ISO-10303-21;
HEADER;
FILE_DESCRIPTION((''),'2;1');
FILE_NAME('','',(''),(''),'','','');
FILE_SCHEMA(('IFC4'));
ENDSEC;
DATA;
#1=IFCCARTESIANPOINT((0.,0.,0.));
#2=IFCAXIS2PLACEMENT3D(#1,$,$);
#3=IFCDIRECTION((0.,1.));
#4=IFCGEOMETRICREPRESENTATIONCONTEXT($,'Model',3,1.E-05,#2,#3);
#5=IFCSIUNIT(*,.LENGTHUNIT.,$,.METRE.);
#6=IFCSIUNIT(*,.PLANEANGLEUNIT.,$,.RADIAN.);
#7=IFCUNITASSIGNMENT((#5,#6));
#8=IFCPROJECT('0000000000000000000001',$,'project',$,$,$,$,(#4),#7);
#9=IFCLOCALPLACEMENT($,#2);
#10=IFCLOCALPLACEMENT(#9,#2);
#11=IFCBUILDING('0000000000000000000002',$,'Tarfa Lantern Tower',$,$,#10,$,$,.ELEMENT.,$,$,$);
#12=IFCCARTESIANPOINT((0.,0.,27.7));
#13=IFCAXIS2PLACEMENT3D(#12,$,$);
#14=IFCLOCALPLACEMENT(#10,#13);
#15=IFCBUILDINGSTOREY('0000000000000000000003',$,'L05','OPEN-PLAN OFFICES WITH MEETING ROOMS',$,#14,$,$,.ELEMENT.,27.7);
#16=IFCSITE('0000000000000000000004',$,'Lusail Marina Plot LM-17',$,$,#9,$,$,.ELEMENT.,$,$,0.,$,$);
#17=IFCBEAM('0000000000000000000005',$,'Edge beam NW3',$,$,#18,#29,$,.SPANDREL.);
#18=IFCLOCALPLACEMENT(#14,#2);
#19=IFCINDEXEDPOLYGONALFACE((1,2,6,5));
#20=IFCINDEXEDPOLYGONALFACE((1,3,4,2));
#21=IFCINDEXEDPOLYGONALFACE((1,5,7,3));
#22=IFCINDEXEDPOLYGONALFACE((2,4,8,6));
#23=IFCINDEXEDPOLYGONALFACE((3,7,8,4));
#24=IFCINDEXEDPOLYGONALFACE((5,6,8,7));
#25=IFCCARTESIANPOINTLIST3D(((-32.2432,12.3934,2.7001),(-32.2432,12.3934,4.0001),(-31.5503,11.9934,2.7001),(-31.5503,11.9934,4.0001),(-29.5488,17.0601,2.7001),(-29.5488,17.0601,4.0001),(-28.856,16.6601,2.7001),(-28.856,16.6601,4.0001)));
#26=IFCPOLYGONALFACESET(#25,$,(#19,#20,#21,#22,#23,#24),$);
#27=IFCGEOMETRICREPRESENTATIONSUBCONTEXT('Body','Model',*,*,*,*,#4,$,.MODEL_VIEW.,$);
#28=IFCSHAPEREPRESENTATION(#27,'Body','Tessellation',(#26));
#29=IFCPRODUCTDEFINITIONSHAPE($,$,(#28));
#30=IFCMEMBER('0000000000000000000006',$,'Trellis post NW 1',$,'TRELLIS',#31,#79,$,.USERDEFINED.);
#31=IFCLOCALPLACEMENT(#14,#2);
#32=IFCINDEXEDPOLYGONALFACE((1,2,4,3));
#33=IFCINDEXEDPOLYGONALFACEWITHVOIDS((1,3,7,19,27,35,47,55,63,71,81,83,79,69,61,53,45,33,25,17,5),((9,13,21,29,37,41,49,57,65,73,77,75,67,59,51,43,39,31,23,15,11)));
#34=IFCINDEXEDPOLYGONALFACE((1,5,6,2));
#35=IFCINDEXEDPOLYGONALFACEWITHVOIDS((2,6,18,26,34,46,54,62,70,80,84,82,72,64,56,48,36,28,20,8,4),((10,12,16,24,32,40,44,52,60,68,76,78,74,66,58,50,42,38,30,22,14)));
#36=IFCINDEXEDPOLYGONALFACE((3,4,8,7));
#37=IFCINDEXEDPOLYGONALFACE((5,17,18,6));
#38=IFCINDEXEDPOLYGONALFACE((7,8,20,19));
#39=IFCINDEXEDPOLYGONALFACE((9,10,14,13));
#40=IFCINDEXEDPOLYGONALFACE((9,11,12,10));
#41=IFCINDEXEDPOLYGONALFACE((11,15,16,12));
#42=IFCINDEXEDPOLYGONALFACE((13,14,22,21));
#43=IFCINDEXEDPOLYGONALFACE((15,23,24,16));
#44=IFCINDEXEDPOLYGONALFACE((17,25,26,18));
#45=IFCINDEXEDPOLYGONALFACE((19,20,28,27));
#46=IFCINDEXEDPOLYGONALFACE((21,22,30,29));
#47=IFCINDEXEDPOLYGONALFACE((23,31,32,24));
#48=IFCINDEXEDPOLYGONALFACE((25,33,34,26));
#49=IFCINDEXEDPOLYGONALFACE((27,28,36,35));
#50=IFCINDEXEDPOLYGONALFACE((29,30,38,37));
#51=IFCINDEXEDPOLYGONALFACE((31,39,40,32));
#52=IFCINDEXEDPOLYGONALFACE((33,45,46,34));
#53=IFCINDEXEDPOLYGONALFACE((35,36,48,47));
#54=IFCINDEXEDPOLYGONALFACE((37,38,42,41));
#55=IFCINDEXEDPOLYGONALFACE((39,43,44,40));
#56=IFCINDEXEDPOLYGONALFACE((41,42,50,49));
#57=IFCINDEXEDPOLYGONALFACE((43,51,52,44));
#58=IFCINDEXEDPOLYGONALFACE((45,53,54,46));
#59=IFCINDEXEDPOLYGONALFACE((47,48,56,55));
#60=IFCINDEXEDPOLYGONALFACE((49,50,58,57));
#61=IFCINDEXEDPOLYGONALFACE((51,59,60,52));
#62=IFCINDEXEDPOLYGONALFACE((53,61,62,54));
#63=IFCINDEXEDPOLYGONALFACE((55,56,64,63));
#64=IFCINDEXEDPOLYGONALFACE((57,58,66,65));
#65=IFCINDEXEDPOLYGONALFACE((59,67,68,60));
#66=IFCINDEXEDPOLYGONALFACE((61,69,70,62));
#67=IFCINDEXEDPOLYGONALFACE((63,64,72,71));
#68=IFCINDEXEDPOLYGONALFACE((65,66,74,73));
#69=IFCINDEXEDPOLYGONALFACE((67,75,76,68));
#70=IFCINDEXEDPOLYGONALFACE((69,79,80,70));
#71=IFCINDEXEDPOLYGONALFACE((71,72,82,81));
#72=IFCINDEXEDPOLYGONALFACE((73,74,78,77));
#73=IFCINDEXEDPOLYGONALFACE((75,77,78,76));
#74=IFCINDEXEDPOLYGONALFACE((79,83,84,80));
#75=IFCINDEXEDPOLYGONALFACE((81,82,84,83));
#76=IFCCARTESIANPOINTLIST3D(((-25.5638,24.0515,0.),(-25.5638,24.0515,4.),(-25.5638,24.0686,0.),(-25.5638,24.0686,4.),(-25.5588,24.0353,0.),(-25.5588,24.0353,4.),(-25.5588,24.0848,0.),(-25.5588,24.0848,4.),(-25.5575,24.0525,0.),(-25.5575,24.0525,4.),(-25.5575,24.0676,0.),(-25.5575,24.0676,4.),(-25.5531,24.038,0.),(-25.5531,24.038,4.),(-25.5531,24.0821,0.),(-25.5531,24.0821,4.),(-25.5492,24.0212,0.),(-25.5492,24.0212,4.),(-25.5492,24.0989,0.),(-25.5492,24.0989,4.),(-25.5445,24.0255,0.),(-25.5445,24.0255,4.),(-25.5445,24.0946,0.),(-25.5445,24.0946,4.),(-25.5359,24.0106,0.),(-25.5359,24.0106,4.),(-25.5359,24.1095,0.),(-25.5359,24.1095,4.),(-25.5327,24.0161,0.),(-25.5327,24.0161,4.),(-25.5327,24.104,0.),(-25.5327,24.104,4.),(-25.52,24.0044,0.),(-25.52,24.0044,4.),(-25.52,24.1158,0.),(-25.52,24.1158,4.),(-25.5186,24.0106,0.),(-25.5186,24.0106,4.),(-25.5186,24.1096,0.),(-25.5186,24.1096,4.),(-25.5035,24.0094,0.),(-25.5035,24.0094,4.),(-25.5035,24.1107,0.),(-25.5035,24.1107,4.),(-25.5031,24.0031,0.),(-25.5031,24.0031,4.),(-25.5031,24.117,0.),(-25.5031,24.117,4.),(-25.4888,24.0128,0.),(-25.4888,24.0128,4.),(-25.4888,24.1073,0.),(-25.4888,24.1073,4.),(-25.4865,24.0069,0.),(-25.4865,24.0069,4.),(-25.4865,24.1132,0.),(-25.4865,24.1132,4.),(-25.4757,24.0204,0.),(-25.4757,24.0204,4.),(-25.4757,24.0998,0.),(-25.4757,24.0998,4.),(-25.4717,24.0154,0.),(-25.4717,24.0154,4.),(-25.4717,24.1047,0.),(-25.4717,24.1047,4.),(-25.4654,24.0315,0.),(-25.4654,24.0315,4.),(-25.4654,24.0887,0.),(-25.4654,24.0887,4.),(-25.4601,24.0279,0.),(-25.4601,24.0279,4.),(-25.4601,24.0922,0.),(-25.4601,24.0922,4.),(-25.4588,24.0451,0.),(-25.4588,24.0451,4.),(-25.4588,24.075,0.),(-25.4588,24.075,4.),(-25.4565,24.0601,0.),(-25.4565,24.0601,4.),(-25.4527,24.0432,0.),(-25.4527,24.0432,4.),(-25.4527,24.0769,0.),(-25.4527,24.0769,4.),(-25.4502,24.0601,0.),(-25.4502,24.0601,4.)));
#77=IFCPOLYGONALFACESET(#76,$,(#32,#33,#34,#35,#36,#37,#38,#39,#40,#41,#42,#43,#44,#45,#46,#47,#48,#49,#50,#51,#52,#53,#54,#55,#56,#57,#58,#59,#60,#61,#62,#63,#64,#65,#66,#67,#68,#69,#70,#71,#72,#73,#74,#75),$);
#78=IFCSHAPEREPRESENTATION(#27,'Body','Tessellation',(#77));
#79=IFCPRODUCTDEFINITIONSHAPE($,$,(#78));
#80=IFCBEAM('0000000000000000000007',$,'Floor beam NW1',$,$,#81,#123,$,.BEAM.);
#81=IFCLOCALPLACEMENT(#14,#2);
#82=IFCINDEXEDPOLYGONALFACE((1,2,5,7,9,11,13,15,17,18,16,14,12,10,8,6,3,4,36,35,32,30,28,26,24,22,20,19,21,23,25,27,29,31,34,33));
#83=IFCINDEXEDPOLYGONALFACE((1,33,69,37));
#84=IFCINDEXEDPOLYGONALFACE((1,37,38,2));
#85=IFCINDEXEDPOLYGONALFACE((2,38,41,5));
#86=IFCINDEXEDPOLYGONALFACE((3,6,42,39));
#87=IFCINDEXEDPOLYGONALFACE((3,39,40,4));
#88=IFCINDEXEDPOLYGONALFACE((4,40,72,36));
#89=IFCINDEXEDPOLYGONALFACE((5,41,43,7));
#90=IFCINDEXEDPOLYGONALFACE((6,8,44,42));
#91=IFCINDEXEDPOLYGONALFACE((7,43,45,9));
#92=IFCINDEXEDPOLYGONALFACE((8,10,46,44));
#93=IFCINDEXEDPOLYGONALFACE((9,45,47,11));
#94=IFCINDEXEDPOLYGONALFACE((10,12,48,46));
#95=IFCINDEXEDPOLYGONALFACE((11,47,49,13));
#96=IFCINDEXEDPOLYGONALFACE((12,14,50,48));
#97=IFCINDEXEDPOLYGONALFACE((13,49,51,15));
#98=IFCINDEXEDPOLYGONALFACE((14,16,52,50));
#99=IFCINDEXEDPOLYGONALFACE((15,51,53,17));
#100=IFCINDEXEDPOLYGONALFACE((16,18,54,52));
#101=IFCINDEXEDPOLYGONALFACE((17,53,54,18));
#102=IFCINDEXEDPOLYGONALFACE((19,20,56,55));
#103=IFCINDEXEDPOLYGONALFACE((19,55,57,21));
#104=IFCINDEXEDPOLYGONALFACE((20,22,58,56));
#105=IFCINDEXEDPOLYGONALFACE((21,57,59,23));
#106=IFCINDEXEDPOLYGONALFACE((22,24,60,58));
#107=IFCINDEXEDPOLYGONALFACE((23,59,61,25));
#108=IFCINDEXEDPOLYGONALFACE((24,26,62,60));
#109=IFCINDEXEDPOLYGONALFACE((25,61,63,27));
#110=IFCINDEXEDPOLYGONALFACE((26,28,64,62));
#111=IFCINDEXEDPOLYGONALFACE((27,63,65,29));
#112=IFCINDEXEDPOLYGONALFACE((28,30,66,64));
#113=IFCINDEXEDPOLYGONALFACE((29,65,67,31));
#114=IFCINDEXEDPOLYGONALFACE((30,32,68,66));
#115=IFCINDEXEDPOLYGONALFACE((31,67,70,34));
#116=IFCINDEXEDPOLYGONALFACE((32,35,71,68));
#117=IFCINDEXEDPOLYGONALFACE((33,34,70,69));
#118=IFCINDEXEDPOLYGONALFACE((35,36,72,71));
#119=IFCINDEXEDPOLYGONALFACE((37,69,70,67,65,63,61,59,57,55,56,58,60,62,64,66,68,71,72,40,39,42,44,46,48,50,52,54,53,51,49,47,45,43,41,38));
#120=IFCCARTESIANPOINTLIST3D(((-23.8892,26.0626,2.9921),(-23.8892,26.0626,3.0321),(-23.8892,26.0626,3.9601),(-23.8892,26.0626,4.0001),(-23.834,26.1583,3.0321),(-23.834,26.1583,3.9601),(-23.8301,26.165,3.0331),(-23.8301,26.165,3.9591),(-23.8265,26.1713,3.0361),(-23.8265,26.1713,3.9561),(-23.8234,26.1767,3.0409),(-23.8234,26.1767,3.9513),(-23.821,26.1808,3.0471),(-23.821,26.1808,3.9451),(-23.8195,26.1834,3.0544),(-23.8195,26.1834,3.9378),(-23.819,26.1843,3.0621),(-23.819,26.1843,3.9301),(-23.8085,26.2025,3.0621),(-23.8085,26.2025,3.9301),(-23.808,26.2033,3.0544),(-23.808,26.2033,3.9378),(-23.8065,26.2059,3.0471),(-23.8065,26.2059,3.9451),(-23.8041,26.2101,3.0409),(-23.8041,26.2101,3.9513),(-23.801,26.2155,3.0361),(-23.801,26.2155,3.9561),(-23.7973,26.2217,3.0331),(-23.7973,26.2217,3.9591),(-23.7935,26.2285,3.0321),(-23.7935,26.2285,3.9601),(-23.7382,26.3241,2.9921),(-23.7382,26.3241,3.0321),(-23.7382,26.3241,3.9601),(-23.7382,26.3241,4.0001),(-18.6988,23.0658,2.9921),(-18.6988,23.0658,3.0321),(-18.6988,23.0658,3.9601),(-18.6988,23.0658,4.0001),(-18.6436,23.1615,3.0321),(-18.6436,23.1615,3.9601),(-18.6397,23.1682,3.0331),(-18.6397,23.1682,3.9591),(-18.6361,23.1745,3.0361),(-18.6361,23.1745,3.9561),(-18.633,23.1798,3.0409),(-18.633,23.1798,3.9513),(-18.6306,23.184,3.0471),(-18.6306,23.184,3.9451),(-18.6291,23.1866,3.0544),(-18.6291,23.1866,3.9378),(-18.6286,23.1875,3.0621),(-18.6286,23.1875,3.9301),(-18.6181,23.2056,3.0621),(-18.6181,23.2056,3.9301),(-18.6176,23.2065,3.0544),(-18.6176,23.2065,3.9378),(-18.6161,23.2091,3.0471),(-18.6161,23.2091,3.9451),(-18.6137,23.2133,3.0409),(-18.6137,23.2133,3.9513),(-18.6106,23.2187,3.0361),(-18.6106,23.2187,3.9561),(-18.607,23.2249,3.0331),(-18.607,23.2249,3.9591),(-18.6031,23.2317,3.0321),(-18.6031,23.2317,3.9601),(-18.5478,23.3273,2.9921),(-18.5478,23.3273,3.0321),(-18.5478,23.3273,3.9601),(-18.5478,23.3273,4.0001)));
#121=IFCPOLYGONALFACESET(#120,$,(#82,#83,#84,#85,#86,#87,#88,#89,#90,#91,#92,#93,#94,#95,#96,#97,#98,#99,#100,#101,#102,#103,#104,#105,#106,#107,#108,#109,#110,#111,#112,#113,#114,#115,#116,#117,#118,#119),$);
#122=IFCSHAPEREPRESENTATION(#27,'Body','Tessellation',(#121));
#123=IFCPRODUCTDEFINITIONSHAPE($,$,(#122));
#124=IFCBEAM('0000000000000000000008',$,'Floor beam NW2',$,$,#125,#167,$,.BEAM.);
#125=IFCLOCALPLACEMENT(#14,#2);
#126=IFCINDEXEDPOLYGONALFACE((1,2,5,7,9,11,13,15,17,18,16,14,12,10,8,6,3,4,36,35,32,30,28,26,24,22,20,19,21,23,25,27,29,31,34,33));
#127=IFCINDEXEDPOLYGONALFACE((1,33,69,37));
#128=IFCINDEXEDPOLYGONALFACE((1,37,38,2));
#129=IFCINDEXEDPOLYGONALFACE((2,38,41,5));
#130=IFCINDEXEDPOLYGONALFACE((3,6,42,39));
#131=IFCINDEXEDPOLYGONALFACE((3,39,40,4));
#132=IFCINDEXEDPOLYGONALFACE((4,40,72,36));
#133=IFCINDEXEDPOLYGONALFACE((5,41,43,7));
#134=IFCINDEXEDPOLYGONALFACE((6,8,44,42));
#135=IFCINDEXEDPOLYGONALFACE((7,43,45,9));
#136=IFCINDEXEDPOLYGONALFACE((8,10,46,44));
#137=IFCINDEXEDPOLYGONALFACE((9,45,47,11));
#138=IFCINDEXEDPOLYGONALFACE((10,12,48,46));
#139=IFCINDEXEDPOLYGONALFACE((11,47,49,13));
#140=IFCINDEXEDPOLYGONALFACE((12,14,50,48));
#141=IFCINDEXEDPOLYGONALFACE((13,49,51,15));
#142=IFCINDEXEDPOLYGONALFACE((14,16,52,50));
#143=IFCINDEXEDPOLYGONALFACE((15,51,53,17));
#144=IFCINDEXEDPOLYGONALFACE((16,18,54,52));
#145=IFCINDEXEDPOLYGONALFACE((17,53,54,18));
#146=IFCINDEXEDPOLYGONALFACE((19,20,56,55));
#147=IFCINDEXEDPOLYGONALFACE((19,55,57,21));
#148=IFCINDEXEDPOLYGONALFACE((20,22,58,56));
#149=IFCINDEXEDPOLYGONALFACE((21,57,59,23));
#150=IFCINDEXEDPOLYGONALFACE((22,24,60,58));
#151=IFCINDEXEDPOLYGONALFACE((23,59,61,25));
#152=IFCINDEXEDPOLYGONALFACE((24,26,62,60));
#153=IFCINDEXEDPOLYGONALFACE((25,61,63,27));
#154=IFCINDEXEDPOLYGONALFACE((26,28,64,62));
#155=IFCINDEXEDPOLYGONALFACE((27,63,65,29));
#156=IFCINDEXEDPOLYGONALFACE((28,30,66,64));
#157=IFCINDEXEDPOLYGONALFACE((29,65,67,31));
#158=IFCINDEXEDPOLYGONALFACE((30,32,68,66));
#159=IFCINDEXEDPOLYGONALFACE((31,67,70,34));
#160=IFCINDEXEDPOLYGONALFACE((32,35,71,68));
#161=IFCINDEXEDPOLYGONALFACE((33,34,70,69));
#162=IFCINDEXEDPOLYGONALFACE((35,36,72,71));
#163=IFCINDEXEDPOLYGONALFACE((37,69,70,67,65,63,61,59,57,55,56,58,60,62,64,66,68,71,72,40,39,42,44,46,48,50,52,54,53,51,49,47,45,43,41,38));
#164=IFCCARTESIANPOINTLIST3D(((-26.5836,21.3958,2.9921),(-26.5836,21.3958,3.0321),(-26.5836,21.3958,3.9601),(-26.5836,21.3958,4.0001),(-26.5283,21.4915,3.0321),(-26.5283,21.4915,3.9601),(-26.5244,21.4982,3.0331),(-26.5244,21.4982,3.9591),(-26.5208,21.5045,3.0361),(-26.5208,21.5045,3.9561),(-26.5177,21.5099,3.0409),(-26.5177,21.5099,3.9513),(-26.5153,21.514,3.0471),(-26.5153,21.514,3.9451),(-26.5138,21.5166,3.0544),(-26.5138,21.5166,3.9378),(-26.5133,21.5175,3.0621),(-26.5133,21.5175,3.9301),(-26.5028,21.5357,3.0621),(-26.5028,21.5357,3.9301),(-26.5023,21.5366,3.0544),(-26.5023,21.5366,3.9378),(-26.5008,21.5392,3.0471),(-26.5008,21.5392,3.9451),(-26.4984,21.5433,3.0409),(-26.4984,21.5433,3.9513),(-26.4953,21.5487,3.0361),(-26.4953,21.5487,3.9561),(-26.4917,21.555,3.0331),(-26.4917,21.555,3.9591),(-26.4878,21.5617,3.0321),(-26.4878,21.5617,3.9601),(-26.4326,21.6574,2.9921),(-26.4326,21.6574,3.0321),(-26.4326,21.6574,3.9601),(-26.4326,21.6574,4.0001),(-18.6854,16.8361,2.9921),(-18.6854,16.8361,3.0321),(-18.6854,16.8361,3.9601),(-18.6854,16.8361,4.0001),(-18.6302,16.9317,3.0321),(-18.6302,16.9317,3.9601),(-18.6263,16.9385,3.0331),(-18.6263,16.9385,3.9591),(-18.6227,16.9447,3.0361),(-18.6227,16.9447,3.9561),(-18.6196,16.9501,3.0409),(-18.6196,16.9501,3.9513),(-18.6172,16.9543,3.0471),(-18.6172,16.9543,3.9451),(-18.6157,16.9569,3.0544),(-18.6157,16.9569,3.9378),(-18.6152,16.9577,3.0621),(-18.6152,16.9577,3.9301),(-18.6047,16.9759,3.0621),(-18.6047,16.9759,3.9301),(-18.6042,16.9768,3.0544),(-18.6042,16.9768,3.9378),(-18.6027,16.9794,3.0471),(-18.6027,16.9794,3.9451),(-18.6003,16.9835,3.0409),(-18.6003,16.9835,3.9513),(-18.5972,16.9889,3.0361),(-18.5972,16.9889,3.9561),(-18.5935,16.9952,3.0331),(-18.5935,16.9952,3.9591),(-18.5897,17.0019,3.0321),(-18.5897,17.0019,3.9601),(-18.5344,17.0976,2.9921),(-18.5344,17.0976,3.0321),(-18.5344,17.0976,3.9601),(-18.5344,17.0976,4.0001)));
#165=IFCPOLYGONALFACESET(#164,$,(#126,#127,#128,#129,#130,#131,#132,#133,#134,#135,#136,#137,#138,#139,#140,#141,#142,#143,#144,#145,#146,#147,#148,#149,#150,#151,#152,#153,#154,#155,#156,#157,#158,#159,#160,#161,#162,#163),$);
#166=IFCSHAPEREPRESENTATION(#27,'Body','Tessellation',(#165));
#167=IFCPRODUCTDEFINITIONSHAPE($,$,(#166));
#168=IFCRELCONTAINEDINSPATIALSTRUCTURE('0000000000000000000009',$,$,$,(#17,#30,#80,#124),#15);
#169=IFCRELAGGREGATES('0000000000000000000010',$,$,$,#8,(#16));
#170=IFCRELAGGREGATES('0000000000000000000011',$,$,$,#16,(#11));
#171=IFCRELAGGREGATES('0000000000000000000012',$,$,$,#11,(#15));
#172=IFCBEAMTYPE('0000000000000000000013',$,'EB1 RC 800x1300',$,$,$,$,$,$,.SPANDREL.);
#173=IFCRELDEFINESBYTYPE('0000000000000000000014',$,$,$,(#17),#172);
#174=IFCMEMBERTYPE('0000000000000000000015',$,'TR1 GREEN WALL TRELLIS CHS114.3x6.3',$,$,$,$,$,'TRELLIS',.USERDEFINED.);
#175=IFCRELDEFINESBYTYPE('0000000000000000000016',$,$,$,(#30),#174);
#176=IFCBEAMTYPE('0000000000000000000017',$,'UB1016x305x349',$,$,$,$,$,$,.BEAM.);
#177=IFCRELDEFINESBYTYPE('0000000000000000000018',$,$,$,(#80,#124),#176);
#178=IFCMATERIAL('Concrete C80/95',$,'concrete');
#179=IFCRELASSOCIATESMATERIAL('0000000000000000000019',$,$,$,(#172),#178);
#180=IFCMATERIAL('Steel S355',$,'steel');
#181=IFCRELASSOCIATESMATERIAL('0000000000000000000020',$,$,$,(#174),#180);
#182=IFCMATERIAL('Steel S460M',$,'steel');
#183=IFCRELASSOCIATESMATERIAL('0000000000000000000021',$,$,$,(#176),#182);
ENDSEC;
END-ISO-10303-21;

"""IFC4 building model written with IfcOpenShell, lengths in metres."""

from ifc_helpers import new_model, si_unit, direction, frame, origin, origin_2d, place, context, subcontext, project, spatial, rectangle, hollow_circle, i_section, extrude, material, material_profile, profile_set, type_object, element, save


model = new_model("IFC4")

# Units and contexts
model_context = context("Model", 3, precision=1e-05, world=origin(), true_north=direction((0.0, 1.0)))
body_context = subcontext(model_context, "Body", "Model", "MODEL_VIEW")
ifc_project = project(units=[si_unit("LENGTHUNIT", "METRE"), si_unit("PLANEANGLEUNIT", "RADIAN")], contexts=[model_context])

# Site, building, storey
site_placement = place(None, origin())
site = spatial("IfcSite", under=ifc_project, at=site_placement, Name="Lusail Marina Plot LM-17", CompositionType="ELEMENT", RefElevation=0.0)
building_placement = place(site_placement, origin())
building = spatial("IfcBuilding", under=site, at=building_placement, Name="Tarfa Lantern Tower", CompositionType="ELEMENT")
storey_placement = place(building_placement, frame((0.0, 0.0, 27.7)))
storey = spatial("IfcBuildingStorey", under=building, at=storey_placement, Name="L05", Description="OPEN-PLAN OFFICES WITH MEETING ROOMS", CompositionType="ELEMENT", Elevation=27.7)

# Shared definitions
ifc_material_1 = material(Name="Concrete C80/95", Category="concrete")

# Beam
ifc_material_profile_1 = material_profile(ifc_material_1, rectangle(XDim=0.8, YDim=1.3, at=origin_2d()), Name="RC 800x1300")
ifc_profile_set_1 = profile_set([ifc_material_profile_1], Name="Concrete C80/95")
beam_type_1 = type_object("IfcBeamType", Name="EB1 RC 800x1300", PredefinedType="SPANDREL", material=ifc_profile_set_1)
beam_1_placement = place(storey_placement, frame((-29.2024, 16.8601, 3.3501), z_axis=(-0.499998, -0.866026, 0.0), x_axis=(0.866026, -0.499998, 0.0)))
element("IfcBeam", 1, at=beam_1_placement, inside=storey, type_object=beam_type_1, Name="Edge beam NW3", PredefinedType="SPANDREL", context=body_context, shape_type="SweptSolid", body=[
    extrude(rectangle(XDim=0.8, YDim=1.3, at=origin_2d()), origin(), (0.0, 0.0, 1.0), 5.3887),
])

# Member
ifc_material_2 = material(Name="Steel S355", Category="steel")
ifc_material_profile_2 = material_profile(ifc_material_2, hollow_circle(Radius=0.0571, WallThickness=0.0063, at=origin_2d()), Name="CHS114.3x6.3")
ifc_profile_set_2 = profile_set([ifc_material_profile_2], Name="Steel S355")
member_type_1 = type_object("IfcMemberType", Name="TR1 GREEN WALL TRELLIS CHS114.3x6.3", ElementType="TRELLIS", PredefinedType="USERDEFINED", material=ifc_profile_set_2)
member_1_placement = place(storey_placement, frame((-25.5073, 24.0601, 0.0), z_axis=(0.0, 0.0, 1.0), x_axis=(1.0, 0.0, 0.0)))
element("IfcMember", 2, at=member_1_placement, inside=storey, type_object=member_type_1, Name="Trellis post NW 1", ObjectType="TRELLIS", PredefinedType="USERDEFINED", context=body_context, shape_type="SweptSolid", body=[
    extrude(hollow_circle(Radius=0.0571, WallThickness=0.0063, at=origin_2d()), origin(), (0.0, 0.0, 1.0), 4.0),
])

# Beams
ifc_material_3 = material(Name="Steel S460M", Category="steel")
ifc_material_profile_3 = material_profile(ifc_material_3, i_section(OverallWidth=0.302, OverallDepth=1.0081, WebThickness=0.021, FlangeThickness=0.04, FilletRadius=0.03, at=origin_2d()), Name="UB1016x305x349")
ifc_profile_set_3 = profile_set([ifc_material_profile_3], Name="Steel S460M")
beam_type_2 = type_object("IfcBeamType", Name="UB1016x305x349", PredefinedType="BEAM", material=ifc_profile_set_3)
beam_2_placement = place(storey_placement, frame((-23.8137, 26.1934, 3.4961), z_axis=(0.866016, -0.500016, 0.0), x_axis=(0.500016, 0.866016, 0.0)))
element("IfcBeam", 3, at=beam_2_placement, inside=storey, type_object=beam_type_2, Name="Floor beam NW1", PredefinedType="BEAM", context=body_context, shape_type="SweptSolid", body=[
    extrude(i_section(OverallWidth=0.302, OverallDepth=1.0081, WebThickness=0.021, FlangeThickness=0.04, FilletRadius=0.03, at=origin_2d()), origin(), (0.0, 0.0, 1.0), 5.9934),
])
beam_3_placement = place(storey_placement, frame((-26.5081, 21.5266, 3.4961), z_axis=(0.866035, -0.499983, 0.0), x_axis=(0.499983, 0.866035, 0.0)))
element("IfcBeam", 4, at=beam_3_placement, inside=storey, type_object=beam_type_2, Name="Floor beam NW2", PredefinedType="BEAM", context=body_context, shape_type="SweptSolid", body=[
    extrude(i_section(OverallWidth=0.302, OverallDepth=1.0081, WebThickness=0.021, FlangeThickness=0.04, FilletRadius=0.03, at=origin_2d()), origin(), (0.0, 0.0, 1.0), 9.1199),
])

save(model, "model.ifc")
